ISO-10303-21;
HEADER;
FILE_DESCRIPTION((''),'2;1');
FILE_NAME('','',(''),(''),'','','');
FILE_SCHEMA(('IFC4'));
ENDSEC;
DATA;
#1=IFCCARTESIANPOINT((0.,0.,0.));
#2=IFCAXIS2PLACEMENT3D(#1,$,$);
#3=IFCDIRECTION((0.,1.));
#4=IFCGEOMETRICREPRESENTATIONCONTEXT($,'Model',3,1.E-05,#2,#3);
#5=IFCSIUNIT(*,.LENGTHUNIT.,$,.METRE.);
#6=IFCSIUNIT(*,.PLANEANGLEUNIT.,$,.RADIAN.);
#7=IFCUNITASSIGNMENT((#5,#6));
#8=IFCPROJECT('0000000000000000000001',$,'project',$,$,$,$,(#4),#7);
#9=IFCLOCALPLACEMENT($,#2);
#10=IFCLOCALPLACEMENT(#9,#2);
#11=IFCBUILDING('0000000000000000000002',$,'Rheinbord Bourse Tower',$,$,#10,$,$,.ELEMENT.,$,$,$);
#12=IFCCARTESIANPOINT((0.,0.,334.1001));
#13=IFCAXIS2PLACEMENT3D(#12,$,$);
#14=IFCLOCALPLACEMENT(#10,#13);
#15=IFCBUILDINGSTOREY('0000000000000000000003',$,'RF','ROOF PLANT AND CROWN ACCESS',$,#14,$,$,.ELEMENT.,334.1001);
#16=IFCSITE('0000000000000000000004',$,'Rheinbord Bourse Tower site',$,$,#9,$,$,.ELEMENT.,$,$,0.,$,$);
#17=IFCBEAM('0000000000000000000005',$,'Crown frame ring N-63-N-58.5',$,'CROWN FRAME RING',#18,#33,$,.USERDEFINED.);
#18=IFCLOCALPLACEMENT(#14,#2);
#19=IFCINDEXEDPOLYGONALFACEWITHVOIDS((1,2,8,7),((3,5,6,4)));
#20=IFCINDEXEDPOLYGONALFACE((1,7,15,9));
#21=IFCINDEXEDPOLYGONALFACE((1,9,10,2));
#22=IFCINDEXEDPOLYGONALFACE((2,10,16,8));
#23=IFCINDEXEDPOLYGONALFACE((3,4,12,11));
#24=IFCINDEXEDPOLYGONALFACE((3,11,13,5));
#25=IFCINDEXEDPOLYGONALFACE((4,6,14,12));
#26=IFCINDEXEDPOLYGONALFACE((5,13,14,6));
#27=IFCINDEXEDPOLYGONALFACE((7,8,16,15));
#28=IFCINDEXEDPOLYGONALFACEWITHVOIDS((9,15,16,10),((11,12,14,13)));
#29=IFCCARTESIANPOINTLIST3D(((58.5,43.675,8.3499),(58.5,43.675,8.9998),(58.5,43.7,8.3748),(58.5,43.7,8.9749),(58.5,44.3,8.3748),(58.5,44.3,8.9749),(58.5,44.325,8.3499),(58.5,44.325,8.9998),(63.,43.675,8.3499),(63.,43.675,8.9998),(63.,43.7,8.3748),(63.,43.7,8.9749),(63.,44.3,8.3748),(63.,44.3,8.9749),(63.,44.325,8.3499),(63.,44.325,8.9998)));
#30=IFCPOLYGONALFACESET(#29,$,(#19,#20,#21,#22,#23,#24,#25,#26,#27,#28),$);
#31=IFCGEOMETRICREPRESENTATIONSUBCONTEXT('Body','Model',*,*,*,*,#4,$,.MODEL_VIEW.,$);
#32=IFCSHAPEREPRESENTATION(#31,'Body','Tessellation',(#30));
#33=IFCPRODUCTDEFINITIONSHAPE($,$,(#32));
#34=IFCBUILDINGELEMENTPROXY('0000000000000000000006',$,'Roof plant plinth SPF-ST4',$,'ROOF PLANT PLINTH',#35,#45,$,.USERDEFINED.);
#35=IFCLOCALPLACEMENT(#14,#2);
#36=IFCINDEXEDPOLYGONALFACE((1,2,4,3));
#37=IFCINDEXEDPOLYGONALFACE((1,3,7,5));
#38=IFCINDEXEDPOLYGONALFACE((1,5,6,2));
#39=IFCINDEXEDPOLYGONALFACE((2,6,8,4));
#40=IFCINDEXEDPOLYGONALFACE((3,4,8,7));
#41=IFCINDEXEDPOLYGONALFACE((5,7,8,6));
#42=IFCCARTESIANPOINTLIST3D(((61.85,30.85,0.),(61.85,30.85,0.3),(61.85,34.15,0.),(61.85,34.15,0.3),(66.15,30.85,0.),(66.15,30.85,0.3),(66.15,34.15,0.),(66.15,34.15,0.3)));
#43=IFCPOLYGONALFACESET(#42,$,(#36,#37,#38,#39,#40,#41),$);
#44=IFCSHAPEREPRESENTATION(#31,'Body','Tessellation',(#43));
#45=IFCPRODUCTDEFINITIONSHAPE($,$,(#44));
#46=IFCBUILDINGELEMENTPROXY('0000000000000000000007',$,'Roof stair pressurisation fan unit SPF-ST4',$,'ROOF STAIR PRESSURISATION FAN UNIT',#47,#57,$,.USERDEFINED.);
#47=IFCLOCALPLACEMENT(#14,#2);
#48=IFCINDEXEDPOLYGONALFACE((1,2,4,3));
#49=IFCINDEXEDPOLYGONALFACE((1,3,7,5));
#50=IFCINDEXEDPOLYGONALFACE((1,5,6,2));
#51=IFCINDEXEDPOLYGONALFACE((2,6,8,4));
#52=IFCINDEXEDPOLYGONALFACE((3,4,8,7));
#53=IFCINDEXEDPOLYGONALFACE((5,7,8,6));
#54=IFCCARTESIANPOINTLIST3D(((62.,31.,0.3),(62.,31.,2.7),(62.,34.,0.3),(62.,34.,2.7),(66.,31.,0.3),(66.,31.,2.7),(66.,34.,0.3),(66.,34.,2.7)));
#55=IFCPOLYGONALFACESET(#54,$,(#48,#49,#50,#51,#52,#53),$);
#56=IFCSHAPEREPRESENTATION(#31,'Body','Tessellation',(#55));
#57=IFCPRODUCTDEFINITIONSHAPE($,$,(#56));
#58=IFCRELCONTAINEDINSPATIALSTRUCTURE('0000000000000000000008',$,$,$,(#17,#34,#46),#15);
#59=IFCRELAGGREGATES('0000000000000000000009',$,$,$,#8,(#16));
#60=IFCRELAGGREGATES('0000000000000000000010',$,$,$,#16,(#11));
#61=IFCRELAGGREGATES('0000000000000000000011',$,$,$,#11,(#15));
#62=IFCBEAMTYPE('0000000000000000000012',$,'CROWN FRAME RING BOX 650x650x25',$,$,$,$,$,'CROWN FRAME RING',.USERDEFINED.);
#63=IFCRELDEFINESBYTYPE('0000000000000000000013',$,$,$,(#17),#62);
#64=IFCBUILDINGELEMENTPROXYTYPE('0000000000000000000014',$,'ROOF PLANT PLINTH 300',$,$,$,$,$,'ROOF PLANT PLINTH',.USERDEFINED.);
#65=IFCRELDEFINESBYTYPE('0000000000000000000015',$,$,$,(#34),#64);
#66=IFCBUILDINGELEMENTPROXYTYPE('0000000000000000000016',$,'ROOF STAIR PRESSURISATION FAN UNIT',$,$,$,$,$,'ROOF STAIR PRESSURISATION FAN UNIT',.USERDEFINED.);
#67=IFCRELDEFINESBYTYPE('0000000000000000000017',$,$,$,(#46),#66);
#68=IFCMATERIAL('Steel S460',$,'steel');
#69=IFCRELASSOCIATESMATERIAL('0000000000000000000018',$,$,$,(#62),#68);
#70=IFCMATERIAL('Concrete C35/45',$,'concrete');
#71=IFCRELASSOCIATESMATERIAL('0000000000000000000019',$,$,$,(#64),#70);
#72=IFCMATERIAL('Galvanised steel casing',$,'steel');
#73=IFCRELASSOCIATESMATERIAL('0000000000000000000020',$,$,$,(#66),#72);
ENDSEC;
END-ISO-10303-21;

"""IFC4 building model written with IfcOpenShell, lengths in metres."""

from ifc_helpers import new_model, si_unit, direction, frame, origin, origin_2d, place, context, subcontext, project, spatial, rectangle, hollow_rectangle, extrude, material, material_profile, profile_set, type_object, element, save


model = new_model("IFC4")

# Units and contexts
model_context = context("Model", 3, precision=1e-05, world=origin(), true_north=direction((0.0, 1.0)))
body_context = subcontext(model_context, "Body", "Model", "MODEL_VIEW")
ifc_project = project(units=[si_unit("LENGTHUNIT", "METRE"), si_unit("PLANEANGLEUNIT", "RADIAN")], contexts=[model_context])

# Site, building, storey
site_placement = place(None, origin())
site = spatial("IfcSite", under=ifc_project, at=site_placement, Name="Rheinbord Bourse Tower site", CompositionType="ELEMENT", RefElevation=0.0)
building_placement = place(site_placement, origin())
building = spatial("IfcBuilding", under=site, at=building_placement, Name="Rheinbord Bourse Tower", CompositionType="ELEMENT")
storey_placement = place(building_placement, frame((0.0, 0.0, 334.1001)))
storey = spatial("IfcBuildingStorey", under=building, at=storey_placement, Name="RF", Description="ROOF PLANT AND CROWN ACCESS", CompositionType="ELEMENT", Elevation=334.1001)

# Beam
ifc_material_1 = material(Name="Steel S460", Category="steel")
ifc_material_profile_1 = material_profile(ifc_material_1, hollow_rectangle(XDim=0.6499, YDim=0.6499, WallThickness=0.0249, at=origin_2d()), Name="BOX 650x650x25")
ifc_profile_set_1 = profile_set([ifc_material_profile_1], Name="Steel S460")
beam_type = type_object("IfcBeamType", Name="CROWN FRAME RING BOX 650x650x25", ElementType="CROWN FRAME RING", PredefinedType="USERDEFINED", material=ifc_profile_set_1)
beam_1_placement = place(storey_placement, frame((63.0, 44.0, 8.6748), z_axis=(-1.0, 0.0, 0.0), x_axis=(0.0, -1.0, 0.0)))
element("IfcBeam", 1, at=beam_1_placement, inside=storey, type_object=beam_type, Name="Crown frame ring N-63-N-58.5", ObjectType="CROWN FRAME RING", PredefinedType="USERDEFINED", context=body_context, shape_type="SweptSolid", body=[
    extrude(hollow_rectangle(XDim=0.6499, YDim=0.6499, WallThickness=0.0249, at=origin_2d()), origin(), (0.0, 0.0, 1.0), 4.5),
])

# Building element proxies
ifc_material_2 = material(Name="Concrete C35/45", Category="concrete")
building_element_proxy_type_1 = type_object("IfcBuildingElementProxyType", Name="ROOF PLANT PLINTH 300", ElementType="ROOF PLANT PLINTH", PredefinedType="USERDEFINED", material=ifc_material_2)
proxy_1_placement = place(storey_placement, frame((64.0, 32.5, 0.0), z_axis=(0.0, 0.0, 1.0), x_axis=(1.0, 0.0, 0.0)))
element("IfcBuildingElementProxy", 2, at=proxy_1_placement, inside=storey, type_object=building_element_proxy_type_1, Name="Roof plant plinth SPF-ST4", ObjectType="ROOF PLANT PLINTH", PredefinedType="USERDEFINED", context=body_context, shape_type="SweptSolid", body=[
    extrude(rectangle(XDim=4.3, YDim=3.3, at=origin_2d()), origin(), (0.0, 0.0, 1.0), 0.3),
])
ifc_material_3 = material(Name="Galvanised steel casing", Category="steel")
building_element_proxy_type_2 = type_object("IfcBuildingElementProxyType", Name="ROOF STAIR PRESSURISATION FAN UNIT", ElementType="ROOF STAIR PRESSURISATION FAN UNIT", PredefinedType="USERDEFINED", material=ifc_material_3)
proxy_2_placement = place(storey_placement, frame((64.0, 32.5, 0.3), z_axis=(0.0, 0.0, 1.0), x_axis=(1.0, 0.0, 0.0)))
element("IfcBuildingElementProxy", 3, at=proxy_2_placement, inside=storey, type_object=building_element_proxy_type_2, Name="Roof stair pressurisation fan unit SPF-ST4", ObjectType="ROOF STAIR PRESSURISATION FAN UNIT", PredefinedType="USERDEFINED", context=body_context, shape_type="SweptSolid", body=[
    extrude(rectangle(XDim=4.0, YDim=3.0, at=origin_2d()), origin(), (0.0, 0.0, 1.0), 2.3999),
])

save(model, "model.ifc")
